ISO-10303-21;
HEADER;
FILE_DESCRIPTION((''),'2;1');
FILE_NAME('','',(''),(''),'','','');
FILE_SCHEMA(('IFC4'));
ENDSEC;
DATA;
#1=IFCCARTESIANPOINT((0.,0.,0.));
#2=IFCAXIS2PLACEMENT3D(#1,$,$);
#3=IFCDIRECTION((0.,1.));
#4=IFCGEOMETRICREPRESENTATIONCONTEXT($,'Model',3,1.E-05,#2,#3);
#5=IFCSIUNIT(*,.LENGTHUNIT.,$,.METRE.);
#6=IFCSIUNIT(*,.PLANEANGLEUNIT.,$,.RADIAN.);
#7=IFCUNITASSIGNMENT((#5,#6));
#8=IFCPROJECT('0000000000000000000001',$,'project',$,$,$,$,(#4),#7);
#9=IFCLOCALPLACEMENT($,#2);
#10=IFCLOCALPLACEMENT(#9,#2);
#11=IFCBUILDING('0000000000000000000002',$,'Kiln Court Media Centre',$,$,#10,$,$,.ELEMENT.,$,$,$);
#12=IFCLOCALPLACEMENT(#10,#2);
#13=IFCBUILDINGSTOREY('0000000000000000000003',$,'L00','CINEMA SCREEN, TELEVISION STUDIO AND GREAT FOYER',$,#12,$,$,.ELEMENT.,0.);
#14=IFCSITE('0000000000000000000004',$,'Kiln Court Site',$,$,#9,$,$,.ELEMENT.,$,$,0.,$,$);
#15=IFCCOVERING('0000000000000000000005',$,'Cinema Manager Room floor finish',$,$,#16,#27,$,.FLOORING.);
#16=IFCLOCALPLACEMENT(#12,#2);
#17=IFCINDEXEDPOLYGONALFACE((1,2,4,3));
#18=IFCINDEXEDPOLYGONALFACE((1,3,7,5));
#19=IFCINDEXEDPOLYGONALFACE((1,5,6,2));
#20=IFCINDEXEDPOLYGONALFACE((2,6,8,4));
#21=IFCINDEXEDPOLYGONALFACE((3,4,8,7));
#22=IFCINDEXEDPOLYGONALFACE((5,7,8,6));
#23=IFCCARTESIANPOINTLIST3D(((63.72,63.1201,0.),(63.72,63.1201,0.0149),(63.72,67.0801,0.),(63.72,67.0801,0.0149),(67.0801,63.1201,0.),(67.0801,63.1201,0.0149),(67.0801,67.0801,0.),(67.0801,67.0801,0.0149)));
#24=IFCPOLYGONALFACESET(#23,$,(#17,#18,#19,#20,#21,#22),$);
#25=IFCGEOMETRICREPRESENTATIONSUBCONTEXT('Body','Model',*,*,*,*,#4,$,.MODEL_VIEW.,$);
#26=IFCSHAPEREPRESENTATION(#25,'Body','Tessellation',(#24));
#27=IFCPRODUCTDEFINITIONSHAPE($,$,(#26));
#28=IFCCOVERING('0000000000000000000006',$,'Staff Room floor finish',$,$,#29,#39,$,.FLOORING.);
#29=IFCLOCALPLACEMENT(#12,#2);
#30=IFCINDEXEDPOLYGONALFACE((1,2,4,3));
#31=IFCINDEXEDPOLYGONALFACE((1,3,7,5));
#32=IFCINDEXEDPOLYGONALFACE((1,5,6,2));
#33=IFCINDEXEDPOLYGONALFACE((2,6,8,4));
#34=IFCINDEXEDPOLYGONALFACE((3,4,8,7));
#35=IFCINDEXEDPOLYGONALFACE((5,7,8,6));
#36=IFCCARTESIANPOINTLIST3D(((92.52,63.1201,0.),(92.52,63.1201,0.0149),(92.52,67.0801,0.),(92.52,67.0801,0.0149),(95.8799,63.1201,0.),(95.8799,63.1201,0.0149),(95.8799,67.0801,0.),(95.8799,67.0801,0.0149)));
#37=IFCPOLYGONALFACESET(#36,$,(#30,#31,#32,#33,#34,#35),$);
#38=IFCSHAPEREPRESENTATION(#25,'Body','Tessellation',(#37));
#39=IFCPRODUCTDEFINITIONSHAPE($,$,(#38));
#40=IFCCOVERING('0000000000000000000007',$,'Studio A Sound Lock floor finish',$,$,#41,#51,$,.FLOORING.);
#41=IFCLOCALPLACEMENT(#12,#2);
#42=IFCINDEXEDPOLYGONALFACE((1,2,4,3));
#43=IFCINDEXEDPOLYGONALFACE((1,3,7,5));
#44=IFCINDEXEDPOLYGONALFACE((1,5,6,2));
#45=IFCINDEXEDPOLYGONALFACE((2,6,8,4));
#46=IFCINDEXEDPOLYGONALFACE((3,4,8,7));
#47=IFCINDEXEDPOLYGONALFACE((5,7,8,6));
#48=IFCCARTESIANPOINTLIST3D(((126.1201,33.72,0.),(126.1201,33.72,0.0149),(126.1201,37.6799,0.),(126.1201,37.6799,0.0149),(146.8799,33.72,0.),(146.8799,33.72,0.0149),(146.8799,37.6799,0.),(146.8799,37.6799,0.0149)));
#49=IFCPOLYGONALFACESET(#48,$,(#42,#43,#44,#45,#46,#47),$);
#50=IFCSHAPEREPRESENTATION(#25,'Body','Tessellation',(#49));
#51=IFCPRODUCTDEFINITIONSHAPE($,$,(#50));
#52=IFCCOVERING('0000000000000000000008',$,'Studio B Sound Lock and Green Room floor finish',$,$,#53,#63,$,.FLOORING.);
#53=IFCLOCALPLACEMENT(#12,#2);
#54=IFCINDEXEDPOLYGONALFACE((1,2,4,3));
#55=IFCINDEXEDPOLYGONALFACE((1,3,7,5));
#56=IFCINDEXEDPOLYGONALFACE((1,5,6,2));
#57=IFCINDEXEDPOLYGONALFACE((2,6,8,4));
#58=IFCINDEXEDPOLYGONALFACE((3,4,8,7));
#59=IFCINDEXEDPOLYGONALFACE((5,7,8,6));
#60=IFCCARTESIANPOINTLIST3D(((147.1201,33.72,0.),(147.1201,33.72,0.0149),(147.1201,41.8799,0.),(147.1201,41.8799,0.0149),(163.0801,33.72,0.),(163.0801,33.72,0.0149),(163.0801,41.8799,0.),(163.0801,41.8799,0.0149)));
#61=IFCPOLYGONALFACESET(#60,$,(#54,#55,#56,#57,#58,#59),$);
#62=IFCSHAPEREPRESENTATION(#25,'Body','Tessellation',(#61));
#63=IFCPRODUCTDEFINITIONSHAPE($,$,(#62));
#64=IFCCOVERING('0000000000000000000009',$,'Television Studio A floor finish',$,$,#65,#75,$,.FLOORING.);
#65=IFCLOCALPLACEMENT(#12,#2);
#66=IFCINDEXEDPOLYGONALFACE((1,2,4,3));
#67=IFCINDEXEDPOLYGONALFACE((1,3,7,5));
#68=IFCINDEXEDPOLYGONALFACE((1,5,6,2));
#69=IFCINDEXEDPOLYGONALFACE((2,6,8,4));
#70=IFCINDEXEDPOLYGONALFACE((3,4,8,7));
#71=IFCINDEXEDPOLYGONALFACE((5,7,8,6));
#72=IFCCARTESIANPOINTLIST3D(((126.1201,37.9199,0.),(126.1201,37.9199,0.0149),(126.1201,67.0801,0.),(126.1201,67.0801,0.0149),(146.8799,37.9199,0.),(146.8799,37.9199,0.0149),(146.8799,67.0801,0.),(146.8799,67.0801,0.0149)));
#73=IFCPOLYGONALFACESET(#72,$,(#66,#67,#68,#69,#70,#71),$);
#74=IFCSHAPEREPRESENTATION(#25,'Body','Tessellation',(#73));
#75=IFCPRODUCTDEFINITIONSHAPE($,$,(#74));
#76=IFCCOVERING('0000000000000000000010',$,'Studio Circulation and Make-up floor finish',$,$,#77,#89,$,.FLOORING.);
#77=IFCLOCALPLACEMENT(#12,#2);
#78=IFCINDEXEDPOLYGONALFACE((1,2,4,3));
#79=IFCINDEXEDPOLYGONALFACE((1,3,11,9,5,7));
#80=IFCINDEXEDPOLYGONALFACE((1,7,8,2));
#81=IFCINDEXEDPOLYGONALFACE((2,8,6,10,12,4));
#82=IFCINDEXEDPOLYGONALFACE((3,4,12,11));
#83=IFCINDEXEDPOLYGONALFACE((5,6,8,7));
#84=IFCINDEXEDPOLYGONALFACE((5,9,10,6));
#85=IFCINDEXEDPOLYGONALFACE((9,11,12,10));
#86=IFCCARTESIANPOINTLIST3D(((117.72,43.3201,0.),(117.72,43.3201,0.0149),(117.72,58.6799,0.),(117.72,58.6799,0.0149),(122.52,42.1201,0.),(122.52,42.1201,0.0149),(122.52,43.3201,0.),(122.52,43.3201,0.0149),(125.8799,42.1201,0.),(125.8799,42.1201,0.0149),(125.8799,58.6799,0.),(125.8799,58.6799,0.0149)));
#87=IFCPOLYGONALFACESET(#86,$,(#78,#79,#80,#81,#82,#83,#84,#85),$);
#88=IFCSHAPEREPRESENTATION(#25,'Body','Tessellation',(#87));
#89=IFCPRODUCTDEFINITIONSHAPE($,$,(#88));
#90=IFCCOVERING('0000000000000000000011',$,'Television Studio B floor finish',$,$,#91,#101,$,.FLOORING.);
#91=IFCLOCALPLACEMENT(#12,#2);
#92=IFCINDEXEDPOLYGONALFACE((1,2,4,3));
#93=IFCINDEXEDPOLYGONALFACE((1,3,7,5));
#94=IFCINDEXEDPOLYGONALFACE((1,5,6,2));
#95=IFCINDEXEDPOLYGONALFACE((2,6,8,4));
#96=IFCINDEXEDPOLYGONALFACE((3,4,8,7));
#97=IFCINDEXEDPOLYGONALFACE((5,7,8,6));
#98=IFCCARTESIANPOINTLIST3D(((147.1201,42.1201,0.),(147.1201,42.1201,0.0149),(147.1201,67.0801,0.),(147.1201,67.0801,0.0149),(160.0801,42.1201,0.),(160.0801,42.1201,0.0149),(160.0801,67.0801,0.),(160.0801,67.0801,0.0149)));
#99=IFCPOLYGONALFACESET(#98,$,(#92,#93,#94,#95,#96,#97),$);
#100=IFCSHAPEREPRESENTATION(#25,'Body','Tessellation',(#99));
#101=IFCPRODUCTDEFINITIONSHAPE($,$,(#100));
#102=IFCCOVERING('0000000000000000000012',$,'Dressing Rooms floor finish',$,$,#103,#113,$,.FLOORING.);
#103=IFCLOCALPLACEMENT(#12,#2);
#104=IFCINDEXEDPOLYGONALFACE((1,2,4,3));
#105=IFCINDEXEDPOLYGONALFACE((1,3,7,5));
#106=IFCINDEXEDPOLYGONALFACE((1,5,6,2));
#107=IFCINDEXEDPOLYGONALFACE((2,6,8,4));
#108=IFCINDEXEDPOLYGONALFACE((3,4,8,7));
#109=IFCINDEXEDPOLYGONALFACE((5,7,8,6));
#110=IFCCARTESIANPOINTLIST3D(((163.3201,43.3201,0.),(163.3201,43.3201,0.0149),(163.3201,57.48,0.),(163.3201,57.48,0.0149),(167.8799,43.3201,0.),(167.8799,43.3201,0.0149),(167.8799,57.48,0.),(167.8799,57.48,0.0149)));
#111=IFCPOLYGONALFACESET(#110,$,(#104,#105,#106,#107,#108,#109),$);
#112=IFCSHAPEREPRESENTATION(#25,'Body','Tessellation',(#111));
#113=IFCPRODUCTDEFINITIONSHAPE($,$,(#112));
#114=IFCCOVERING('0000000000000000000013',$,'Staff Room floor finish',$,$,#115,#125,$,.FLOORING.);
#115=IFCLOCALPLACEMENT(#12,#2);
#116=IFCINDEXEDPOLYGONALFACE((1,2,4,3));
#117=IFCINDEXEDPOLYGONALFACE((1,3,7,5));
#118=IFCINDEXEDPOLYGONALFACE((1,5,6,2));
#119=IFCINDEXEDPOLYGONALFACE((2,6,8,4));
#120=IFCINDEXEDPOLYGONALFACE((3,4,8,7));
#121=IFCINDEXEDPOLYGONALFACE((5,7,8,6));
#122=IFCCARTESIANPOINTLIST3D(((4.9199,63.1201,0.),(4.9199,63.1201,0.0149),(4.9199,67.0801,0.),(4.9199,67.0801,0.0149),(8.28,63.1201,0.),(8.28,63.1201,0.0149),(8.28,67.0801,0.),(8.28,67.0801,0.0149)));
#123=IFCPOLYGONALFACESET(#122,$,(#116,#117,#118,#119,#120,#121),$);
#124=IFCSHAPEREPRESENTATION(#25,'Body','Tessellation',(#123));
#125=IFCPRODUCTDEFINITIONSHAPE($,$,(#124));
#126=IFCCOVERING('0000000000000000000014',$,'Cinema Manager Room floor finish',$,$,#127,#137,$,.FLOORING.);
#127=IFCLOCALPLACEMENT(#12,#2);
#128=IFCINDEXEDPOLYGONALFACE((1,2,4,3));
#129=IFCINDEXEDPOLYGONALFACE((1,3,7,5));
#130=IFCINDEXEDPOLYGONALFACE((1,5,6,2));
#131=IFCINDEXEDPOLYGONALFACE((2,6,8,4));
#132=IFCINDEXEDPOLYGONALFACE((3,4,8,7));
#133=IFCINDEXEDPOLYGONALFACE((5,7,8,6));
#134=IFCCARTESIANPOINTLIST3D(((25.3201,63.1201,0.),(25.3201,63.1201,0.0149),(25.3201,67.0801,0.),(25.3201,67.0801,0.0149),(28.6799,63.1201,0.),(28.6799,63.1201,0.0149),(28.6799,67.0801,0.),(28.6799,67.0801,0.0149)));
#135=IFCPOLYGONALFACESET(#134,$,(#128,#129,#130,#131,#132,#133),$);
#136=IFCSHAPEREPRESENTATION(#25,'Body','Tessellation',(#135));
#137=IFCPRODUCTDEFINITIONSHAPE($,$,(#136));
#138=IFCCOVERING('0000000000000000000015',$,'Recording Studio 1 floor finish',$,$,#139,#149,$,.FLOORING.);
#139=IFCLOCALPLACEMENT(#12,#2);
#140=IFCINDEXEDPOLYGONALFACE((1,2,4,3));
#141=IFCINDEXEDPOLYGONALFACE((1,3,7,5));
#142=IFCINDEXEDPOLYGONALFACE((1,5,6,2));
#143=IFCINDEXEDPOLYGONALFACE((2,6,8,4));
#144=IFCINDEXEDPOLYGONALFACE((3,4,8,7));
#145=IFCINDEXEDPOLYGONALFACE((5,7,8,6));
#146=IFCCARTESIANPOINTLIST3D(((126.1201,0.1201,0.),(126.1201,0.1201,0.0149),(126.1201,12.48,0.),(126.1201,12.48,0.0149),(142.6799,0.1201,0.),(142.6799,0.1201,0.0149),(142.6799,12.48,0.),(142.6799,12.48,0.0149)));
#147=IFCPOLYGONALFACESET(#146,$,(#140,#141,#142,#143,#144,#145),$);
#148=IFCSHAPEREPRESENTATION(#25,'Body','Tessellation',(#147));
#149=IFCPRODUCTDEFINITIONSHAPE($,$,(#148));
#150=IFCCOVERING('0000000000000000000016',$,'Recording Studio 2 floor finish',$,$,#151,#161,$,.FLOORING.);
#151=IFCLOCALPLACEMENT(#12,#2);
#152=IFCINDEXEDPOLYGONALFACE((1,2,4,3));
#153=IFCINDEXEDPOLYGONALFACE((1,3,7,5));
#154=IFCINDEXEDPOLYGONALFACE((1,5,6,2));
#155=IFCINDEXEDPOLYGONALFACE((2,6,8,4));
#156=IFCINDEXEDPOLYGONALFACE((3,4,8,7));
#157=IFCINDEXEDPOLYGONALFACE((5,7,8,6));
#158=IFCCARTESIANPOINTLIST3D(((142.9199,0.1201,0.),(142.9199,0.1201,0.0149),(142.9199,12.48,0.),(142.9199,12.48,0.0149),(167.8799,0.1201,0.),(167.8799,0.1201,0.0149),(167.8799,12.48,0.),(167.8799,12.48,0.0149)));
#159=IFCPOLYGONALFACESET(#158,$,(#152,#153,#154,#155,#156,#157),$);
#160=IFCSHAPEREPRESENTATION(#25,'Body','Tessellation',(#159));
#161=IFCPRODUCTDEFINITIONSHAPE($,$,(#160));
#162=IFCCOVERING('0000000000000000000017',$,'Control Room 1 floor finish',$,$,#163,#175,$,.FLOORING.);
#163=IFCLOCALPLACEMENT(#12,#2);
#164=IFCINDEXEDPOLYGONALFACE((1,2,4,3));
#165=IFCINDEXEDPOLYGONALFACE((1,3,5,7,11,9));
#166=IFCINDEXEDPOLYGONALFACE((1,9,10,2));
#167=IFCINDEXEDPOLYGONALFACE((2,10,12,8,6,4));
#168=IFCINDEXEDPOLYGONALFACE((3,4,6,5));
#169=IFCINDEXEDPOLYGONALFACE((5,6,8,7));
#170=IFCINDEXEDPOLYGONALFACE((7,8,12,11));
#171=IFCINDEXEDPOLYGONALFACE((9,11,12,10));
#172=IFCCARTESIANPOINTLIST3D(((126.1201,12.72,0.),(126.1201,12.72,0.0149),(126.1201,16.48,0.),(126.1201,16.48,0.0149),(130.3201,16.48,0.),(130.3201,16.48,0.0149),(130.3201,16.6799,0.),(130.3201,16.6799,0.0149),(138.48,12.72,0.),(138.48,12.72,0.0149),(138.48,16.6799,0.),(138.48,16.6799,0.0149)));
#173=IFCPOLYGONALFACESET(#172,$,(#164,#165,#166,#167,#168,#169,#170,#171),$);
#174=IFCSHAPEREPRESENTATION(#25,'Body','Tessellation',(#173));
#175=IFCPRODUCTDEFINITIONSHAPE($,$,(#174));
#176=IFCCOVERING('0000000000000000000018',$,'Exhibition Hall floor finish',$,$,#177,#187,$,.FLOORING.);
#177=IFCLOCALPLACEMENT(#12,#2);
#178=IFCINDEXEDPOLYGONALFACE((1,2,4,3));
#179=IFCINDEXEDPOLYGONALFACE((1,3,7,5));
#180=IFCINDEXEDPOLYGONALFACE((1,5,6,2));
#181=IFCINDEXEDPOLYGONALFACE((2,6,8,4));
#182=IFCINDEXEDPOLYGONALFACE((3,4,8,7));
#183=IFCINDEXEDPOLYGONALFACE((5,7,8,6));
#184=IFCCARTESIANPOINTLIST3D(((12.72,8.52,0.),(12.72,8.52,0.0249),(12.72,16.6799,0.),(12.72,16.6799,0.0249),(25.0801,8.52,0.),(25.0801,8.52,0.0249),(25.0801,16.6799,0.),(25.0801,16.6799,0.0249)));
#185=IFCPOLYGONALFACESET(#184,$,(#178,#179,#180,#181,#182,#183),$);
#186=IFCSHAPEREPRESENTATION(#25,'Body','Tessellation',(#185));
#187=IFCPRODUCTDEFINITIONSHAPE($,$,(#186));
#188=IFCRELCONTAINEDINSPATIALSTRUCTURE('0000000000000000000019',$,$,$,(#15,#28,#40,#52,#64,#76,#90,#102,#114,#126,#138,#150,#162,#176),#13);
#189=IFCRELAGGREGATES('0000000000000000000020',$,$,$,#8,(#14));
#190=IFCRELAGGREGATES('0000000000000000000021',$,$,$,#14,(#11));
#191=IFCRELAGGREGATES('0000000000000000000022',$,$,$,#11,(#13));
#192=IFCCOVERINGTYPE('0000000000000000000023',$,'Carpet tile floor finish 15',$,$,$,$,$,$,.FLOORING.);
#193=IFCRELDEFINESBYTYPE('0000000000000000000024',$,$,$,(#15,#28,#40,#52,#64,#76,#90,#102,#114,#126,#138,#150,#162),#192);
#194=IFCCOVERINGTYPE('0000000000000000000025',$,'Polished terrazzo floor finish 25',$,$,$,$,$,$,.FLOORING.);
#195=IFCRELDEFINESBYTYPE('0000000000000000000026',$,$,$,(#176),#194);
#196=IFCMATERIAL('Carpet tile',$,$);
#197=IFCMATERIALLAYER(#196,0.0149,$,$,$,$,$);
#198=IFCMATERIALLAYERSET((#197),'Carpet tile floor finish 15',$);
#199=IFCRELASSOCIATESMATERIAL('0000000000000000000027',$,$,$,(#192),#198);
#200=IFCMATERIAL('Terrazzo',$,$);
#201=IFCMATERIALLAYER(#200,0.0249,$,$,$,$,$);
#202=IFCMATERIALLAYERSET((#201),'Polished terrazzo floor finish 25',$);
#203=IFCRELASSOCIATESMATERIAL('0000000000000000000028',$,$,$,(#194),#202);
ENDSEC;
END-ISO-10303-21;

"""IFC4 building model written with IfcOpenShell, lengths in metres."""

from ifc_helpers import new_model, si_unit, direction, origin, place, context, subcontext, project, spatial, polyline, outline, extrude, material, layer, layer_set, type_object, element, save


model = new_model("IFC4")

# Units and contexts
model_context = context("Model", 3, precision=1e-05, world=origin(), true_north=direction((0.0, 1.0)))
body_context = subcontext(model_context, "Body", "Model", "MODEL_VIEW")
ifc_project = project(units=[si_unit("LENGTHUNIT", "METRE"), si_unit("PLANEANGLEUNIT", "RADIAN")], contexts=[model_context])

# Site, building, storey
site_placement = place(None, origin())
site = spatial("IfcSite", under=ifc_project, at=site_placement, Name="Kiln Court Site", CompositionType="ELEMENT", RefElevation=0.0)
building_placement = place(site_placement, origin())
building = spatial("IfcBuilding", under=site, at=building_placement, Name="Kiln Court Media Centre", CompositionType="ELEMENT")
storey_placement = place(building_placement, origin())
storey = spatial("IfcBuildingStorey", under=building, at=storey_placement, Name="L00", Description="CINEMA SCREEN, TELEVISION STUDIO AND GREAT FOYER", CompositionType="ELEMENT", Elevation=0.0)

# Coverings
ifc_material_1 = material(Name="Carpet tile")
ifc_layer_1 = layer(ifc_material_1, 0.0149)
ifc_layer_set_1 = layer_set([ifc_layer_1], Name="Carpet tile floor finish 15")
covering_type_1 = type_object("IfcCoveringType", Name="Carpet tile floor finish 15", PredefinedType="FLOORING", material=ifc_layer_set_1)
covering_1_placement = place(storey_placement, origin())
element("IfcCovering", 1, at=covering_1_placement, inside=storey, type_object=covering_type_1, Name="Cinema Manager Room floor finish", PredefinedType="FLOORING", context=body_context, shape_type="SweptSolid", body=[
    extrude(outline(polyline([(67.0801, 67.0801), (63.72, 67.0801), (63.72, 63.1201), (67.0801, 63.1201), (67.0801, 67.0801)])), origin(), (0.0, 0.0, 1.0), 0.0149),
])
covering_2_placement = place(storey_placement, origin())
element("IfcCovering", 2, at=covering_2_placement, inside=storey, type_object=covering_type_1, Name="Staff Room floor finish", PredefinedType="FLOORING", context=body_context, shape_type="SweptSolid", body=[
    extrude(outline(polyline([(92.52, 63.1201), (95.8799, 63.1201), (95.8799, 67.0801), (92.52, 67.0801), (92.52, 63.1201)])), origin(), (0.0, 0.0, 1.0), 0.0149),
])
covering_3_placement = place(storey_placement, origin())
element("IfcCovering", 3, at=covering_3_placement, inside=storey, type_object=covering_type_1, Name="Studio A Sound Lock floor finish", PredefinedType="FLOORING", context=body_context, shape_type="SweptSolid", body=[
    extrude(outline(polyline([(126.1201, 33.72), (146.8799, 33.72), (146.8799, 37.6799), (126.1201, 37.6799), (126.1201, 33.72)])), origin(), (0.0, 0.0, 1.0), 0.0149),
])
covering_4_placement = place(storey_placement, origin())
element("IfcCovering", 4, at=covering_4_placement, inside=storey, type_object=covering_type_1, Name="Studio B Sound Lock and Green Room floor finish", PredefinedType="FLOORING", context=body_context, shape_type="SweptSolid", body=[
    extrude(outline(polyline([(147.1201, 33.72), (163.0801, 33.72), (163.0801, 41.8799), (147.1201, 41.8799), (147.1201, 33.72)])), origin(), (0.0, 0.0, 1.0), 0.0149),
])
covering_5_placement = place(storey_placement, origin())
element("IfcCovering", 5, at=covering_5_placement, inside=storey, type_object=covering_type_1, Name="Television Studio A floor finish", PredefinedType="FLOORING", context=body_context, shape_type="SweptSolid", body=[
    extrude(outline(polyline([(126.1201, 37.9199), (146.8799, 37.9199), (146.8799, 67.0801), (126.1201, 67.0801), (126.1201, 37.9199)])), origin(), (0.0, 0.0, 1.0), 0.0149),
])
covering_6_placement = place(storey_placement, origin())
element("IfcCovering", 6, at=covering_6_placement, inside=storey, type_object=covering_type_1, Name="Studio Circulation and Make-up floor finish", PredefinedType="FLOORING", context=body_context, shape_type="SweptSolid", body=[
    extrude(outline(polyline([(117.72, 58.6799), (117.72, 43.3201), (122.52, 43.3201), (122.52, 42.1201), (125.8799, 42.1201), (125.8799, 58.6799), (117.72, 58.6799)])), origin(), (0.0, 0.0, 1.0), 0.0149),
])
covering_7_placement = place(storey_placement, origin())
element("IfcCovering", 7, at=covering_7_placement, inside=storey, type_object=covering_type_1, Name="Television Studio B floor finish", PredefinedType="FLOORING", context=body_context, shape_type="SweptSolid", body=[
    extrude(outline(polyline([(147.1201, 42.1201), (160.0801, 42.1201), (160.0801, 67.0801), (147.1201, 67.0801), (147.1201, 42.1201)])), origin(), (0.0, 0.0, 1.0), 0.0149),
])
covering_8_placement = place(storey_placement, origin())
element("IfcCovering", 8, at=covering_8_placement, inside=storey, type_object=covering_type_1, Name="Dressing Rooms floor finish", PredefinedType="FLOORING", context=body_context, shape_type="SweptSolid", body=[
    extrude(outline(polyline([(167.8799, 43.3201), (167.8799, 57.48), (163.3201, 57.48), (163.3201, 43.3201), (167.8799, 43.3201)])), origin(), (0.0, 0.0, 1.0), 0.0149),
])
covering_9_placement = place(storey_placement, origin())
element("IfcCovering", 9, at=covering_9_placement, inside=storey, type_object=covering_type_1, Name="Staff Room floor finish", PredefinedType="FLOORING", context=body_context, shape_type="SweptSolid", body=[
    extrude(outline(polyline([(8.28, 67.0801), (4.9199, 67.0801), (4.9199, 63.1201), (8.28, 63.1201), (8.28, 67.0801)])), origin(), (0.0, 0.0, 1.0), 0.0149),
])
covering_10_placement = place(storey_placement, origin())
element("IfcCovering", 10, at=covering_10_placement, inside=storey, type_object=covering_type_1, Name="Cinema Manager Room floor finish", PredefinedType="FLOORING", context=body_context, shape_type="SweptSolid", body=[
    extrude(outline(polyline([(25.3201, 63.1201), (28.6799, 63.1201), (28.6799, 67.0801), (25.3201, 67.0801), (25.3201, 63.1201)])), origin(), (0.0, 0.0, 1.0), 0.0149),
])
covering_11_placement = place(storey_placement, origin())
element("IfcCovering", 11, at=covering_11_placement, inside=storey, type_object=covering_type_1, Name="Recording Studio 1 floor finish", PredefinedType="FLOORING", context=body_context, shape_type="SweptSolid", body=[
    extrude(outline(polyline([(126.1201, 0.1201), (142.6799, 0.1201), (142.6799, 12.48), (126.1201, 12.48), (126.1201, 0.1201)])), origin(), (0.0, 0.0, 1.0), 0.0149),
])
covering_12_placement = place(storey_placement, origin())
element("IfcCovering", 12, at=covering_12_placement, inside=storey, type_object=covering_type_1, Name="Recording Studio 2 floor finish", PredefinedType="FLOORING", context=body_context, shape_type="SweptSolid", body=[
    extrude(outline(polyline([(142.9199, 0.1201), (167.8799, 0.1201), (167.8799, 12.48), (142.9199, 12.48), (142.9199, 0.1201)])), origin(), (0.0, 0.0, 1.0), 0.0149),
])
covering_13_placement = place(storey_placement, origin())
element("IfcCovering", 13, at=covering_13_placement, inside=storey, type_object=covering_type_1, Name="Control Room 1 floor finish", PredefinedType="FLOORING", context=body_context, shape_type="SweptSolid", body=[
    extrude(outline(polyline([(138.48, 16.6799), (130.3201, 16.6799), (130.3201, 16.48), (126.1201, 16.48), (126.1201, 12.72), (138.48, 12.72), (138.48, 16.6799)])), origin(), (0.0, 0.0, 1.0), 0.0149),
])
ifc_material_2 = material(Name="Terrazzo")
ifc_layer_2 = layer(ifc_material_2, 0.0249)
ifc_layer_set_2 = layer_set([ifc_layer_2], Name="Polished terrazzo floor finish 25")
covering_type_2 = type_object("IfcCoveringType", Name="Polished terrazzo floor finish 25", PredefinedType="FLOORING", material=ifc_layer_set_2)
covering_14_placement = place(storey_placement, origin())
element("IfcCovering", 14, at=covering_14_placement, inside=storey, type_object=covering_type_2, Name="Exhibition Hall floor finish", PredefinedType="FLOORING", context=body_context, shape_type="SweptSolid", body=[
    extrude(outline(polyline([(12.72, 8.52), (25.0801, 8.52), (25.0801, 16.6799), (12.72, 16.6799), (12.72, 8.52)])), origin(), (0.0, 0.0, 1.0), 0.0249),
])

save(model, "model.ifc")
